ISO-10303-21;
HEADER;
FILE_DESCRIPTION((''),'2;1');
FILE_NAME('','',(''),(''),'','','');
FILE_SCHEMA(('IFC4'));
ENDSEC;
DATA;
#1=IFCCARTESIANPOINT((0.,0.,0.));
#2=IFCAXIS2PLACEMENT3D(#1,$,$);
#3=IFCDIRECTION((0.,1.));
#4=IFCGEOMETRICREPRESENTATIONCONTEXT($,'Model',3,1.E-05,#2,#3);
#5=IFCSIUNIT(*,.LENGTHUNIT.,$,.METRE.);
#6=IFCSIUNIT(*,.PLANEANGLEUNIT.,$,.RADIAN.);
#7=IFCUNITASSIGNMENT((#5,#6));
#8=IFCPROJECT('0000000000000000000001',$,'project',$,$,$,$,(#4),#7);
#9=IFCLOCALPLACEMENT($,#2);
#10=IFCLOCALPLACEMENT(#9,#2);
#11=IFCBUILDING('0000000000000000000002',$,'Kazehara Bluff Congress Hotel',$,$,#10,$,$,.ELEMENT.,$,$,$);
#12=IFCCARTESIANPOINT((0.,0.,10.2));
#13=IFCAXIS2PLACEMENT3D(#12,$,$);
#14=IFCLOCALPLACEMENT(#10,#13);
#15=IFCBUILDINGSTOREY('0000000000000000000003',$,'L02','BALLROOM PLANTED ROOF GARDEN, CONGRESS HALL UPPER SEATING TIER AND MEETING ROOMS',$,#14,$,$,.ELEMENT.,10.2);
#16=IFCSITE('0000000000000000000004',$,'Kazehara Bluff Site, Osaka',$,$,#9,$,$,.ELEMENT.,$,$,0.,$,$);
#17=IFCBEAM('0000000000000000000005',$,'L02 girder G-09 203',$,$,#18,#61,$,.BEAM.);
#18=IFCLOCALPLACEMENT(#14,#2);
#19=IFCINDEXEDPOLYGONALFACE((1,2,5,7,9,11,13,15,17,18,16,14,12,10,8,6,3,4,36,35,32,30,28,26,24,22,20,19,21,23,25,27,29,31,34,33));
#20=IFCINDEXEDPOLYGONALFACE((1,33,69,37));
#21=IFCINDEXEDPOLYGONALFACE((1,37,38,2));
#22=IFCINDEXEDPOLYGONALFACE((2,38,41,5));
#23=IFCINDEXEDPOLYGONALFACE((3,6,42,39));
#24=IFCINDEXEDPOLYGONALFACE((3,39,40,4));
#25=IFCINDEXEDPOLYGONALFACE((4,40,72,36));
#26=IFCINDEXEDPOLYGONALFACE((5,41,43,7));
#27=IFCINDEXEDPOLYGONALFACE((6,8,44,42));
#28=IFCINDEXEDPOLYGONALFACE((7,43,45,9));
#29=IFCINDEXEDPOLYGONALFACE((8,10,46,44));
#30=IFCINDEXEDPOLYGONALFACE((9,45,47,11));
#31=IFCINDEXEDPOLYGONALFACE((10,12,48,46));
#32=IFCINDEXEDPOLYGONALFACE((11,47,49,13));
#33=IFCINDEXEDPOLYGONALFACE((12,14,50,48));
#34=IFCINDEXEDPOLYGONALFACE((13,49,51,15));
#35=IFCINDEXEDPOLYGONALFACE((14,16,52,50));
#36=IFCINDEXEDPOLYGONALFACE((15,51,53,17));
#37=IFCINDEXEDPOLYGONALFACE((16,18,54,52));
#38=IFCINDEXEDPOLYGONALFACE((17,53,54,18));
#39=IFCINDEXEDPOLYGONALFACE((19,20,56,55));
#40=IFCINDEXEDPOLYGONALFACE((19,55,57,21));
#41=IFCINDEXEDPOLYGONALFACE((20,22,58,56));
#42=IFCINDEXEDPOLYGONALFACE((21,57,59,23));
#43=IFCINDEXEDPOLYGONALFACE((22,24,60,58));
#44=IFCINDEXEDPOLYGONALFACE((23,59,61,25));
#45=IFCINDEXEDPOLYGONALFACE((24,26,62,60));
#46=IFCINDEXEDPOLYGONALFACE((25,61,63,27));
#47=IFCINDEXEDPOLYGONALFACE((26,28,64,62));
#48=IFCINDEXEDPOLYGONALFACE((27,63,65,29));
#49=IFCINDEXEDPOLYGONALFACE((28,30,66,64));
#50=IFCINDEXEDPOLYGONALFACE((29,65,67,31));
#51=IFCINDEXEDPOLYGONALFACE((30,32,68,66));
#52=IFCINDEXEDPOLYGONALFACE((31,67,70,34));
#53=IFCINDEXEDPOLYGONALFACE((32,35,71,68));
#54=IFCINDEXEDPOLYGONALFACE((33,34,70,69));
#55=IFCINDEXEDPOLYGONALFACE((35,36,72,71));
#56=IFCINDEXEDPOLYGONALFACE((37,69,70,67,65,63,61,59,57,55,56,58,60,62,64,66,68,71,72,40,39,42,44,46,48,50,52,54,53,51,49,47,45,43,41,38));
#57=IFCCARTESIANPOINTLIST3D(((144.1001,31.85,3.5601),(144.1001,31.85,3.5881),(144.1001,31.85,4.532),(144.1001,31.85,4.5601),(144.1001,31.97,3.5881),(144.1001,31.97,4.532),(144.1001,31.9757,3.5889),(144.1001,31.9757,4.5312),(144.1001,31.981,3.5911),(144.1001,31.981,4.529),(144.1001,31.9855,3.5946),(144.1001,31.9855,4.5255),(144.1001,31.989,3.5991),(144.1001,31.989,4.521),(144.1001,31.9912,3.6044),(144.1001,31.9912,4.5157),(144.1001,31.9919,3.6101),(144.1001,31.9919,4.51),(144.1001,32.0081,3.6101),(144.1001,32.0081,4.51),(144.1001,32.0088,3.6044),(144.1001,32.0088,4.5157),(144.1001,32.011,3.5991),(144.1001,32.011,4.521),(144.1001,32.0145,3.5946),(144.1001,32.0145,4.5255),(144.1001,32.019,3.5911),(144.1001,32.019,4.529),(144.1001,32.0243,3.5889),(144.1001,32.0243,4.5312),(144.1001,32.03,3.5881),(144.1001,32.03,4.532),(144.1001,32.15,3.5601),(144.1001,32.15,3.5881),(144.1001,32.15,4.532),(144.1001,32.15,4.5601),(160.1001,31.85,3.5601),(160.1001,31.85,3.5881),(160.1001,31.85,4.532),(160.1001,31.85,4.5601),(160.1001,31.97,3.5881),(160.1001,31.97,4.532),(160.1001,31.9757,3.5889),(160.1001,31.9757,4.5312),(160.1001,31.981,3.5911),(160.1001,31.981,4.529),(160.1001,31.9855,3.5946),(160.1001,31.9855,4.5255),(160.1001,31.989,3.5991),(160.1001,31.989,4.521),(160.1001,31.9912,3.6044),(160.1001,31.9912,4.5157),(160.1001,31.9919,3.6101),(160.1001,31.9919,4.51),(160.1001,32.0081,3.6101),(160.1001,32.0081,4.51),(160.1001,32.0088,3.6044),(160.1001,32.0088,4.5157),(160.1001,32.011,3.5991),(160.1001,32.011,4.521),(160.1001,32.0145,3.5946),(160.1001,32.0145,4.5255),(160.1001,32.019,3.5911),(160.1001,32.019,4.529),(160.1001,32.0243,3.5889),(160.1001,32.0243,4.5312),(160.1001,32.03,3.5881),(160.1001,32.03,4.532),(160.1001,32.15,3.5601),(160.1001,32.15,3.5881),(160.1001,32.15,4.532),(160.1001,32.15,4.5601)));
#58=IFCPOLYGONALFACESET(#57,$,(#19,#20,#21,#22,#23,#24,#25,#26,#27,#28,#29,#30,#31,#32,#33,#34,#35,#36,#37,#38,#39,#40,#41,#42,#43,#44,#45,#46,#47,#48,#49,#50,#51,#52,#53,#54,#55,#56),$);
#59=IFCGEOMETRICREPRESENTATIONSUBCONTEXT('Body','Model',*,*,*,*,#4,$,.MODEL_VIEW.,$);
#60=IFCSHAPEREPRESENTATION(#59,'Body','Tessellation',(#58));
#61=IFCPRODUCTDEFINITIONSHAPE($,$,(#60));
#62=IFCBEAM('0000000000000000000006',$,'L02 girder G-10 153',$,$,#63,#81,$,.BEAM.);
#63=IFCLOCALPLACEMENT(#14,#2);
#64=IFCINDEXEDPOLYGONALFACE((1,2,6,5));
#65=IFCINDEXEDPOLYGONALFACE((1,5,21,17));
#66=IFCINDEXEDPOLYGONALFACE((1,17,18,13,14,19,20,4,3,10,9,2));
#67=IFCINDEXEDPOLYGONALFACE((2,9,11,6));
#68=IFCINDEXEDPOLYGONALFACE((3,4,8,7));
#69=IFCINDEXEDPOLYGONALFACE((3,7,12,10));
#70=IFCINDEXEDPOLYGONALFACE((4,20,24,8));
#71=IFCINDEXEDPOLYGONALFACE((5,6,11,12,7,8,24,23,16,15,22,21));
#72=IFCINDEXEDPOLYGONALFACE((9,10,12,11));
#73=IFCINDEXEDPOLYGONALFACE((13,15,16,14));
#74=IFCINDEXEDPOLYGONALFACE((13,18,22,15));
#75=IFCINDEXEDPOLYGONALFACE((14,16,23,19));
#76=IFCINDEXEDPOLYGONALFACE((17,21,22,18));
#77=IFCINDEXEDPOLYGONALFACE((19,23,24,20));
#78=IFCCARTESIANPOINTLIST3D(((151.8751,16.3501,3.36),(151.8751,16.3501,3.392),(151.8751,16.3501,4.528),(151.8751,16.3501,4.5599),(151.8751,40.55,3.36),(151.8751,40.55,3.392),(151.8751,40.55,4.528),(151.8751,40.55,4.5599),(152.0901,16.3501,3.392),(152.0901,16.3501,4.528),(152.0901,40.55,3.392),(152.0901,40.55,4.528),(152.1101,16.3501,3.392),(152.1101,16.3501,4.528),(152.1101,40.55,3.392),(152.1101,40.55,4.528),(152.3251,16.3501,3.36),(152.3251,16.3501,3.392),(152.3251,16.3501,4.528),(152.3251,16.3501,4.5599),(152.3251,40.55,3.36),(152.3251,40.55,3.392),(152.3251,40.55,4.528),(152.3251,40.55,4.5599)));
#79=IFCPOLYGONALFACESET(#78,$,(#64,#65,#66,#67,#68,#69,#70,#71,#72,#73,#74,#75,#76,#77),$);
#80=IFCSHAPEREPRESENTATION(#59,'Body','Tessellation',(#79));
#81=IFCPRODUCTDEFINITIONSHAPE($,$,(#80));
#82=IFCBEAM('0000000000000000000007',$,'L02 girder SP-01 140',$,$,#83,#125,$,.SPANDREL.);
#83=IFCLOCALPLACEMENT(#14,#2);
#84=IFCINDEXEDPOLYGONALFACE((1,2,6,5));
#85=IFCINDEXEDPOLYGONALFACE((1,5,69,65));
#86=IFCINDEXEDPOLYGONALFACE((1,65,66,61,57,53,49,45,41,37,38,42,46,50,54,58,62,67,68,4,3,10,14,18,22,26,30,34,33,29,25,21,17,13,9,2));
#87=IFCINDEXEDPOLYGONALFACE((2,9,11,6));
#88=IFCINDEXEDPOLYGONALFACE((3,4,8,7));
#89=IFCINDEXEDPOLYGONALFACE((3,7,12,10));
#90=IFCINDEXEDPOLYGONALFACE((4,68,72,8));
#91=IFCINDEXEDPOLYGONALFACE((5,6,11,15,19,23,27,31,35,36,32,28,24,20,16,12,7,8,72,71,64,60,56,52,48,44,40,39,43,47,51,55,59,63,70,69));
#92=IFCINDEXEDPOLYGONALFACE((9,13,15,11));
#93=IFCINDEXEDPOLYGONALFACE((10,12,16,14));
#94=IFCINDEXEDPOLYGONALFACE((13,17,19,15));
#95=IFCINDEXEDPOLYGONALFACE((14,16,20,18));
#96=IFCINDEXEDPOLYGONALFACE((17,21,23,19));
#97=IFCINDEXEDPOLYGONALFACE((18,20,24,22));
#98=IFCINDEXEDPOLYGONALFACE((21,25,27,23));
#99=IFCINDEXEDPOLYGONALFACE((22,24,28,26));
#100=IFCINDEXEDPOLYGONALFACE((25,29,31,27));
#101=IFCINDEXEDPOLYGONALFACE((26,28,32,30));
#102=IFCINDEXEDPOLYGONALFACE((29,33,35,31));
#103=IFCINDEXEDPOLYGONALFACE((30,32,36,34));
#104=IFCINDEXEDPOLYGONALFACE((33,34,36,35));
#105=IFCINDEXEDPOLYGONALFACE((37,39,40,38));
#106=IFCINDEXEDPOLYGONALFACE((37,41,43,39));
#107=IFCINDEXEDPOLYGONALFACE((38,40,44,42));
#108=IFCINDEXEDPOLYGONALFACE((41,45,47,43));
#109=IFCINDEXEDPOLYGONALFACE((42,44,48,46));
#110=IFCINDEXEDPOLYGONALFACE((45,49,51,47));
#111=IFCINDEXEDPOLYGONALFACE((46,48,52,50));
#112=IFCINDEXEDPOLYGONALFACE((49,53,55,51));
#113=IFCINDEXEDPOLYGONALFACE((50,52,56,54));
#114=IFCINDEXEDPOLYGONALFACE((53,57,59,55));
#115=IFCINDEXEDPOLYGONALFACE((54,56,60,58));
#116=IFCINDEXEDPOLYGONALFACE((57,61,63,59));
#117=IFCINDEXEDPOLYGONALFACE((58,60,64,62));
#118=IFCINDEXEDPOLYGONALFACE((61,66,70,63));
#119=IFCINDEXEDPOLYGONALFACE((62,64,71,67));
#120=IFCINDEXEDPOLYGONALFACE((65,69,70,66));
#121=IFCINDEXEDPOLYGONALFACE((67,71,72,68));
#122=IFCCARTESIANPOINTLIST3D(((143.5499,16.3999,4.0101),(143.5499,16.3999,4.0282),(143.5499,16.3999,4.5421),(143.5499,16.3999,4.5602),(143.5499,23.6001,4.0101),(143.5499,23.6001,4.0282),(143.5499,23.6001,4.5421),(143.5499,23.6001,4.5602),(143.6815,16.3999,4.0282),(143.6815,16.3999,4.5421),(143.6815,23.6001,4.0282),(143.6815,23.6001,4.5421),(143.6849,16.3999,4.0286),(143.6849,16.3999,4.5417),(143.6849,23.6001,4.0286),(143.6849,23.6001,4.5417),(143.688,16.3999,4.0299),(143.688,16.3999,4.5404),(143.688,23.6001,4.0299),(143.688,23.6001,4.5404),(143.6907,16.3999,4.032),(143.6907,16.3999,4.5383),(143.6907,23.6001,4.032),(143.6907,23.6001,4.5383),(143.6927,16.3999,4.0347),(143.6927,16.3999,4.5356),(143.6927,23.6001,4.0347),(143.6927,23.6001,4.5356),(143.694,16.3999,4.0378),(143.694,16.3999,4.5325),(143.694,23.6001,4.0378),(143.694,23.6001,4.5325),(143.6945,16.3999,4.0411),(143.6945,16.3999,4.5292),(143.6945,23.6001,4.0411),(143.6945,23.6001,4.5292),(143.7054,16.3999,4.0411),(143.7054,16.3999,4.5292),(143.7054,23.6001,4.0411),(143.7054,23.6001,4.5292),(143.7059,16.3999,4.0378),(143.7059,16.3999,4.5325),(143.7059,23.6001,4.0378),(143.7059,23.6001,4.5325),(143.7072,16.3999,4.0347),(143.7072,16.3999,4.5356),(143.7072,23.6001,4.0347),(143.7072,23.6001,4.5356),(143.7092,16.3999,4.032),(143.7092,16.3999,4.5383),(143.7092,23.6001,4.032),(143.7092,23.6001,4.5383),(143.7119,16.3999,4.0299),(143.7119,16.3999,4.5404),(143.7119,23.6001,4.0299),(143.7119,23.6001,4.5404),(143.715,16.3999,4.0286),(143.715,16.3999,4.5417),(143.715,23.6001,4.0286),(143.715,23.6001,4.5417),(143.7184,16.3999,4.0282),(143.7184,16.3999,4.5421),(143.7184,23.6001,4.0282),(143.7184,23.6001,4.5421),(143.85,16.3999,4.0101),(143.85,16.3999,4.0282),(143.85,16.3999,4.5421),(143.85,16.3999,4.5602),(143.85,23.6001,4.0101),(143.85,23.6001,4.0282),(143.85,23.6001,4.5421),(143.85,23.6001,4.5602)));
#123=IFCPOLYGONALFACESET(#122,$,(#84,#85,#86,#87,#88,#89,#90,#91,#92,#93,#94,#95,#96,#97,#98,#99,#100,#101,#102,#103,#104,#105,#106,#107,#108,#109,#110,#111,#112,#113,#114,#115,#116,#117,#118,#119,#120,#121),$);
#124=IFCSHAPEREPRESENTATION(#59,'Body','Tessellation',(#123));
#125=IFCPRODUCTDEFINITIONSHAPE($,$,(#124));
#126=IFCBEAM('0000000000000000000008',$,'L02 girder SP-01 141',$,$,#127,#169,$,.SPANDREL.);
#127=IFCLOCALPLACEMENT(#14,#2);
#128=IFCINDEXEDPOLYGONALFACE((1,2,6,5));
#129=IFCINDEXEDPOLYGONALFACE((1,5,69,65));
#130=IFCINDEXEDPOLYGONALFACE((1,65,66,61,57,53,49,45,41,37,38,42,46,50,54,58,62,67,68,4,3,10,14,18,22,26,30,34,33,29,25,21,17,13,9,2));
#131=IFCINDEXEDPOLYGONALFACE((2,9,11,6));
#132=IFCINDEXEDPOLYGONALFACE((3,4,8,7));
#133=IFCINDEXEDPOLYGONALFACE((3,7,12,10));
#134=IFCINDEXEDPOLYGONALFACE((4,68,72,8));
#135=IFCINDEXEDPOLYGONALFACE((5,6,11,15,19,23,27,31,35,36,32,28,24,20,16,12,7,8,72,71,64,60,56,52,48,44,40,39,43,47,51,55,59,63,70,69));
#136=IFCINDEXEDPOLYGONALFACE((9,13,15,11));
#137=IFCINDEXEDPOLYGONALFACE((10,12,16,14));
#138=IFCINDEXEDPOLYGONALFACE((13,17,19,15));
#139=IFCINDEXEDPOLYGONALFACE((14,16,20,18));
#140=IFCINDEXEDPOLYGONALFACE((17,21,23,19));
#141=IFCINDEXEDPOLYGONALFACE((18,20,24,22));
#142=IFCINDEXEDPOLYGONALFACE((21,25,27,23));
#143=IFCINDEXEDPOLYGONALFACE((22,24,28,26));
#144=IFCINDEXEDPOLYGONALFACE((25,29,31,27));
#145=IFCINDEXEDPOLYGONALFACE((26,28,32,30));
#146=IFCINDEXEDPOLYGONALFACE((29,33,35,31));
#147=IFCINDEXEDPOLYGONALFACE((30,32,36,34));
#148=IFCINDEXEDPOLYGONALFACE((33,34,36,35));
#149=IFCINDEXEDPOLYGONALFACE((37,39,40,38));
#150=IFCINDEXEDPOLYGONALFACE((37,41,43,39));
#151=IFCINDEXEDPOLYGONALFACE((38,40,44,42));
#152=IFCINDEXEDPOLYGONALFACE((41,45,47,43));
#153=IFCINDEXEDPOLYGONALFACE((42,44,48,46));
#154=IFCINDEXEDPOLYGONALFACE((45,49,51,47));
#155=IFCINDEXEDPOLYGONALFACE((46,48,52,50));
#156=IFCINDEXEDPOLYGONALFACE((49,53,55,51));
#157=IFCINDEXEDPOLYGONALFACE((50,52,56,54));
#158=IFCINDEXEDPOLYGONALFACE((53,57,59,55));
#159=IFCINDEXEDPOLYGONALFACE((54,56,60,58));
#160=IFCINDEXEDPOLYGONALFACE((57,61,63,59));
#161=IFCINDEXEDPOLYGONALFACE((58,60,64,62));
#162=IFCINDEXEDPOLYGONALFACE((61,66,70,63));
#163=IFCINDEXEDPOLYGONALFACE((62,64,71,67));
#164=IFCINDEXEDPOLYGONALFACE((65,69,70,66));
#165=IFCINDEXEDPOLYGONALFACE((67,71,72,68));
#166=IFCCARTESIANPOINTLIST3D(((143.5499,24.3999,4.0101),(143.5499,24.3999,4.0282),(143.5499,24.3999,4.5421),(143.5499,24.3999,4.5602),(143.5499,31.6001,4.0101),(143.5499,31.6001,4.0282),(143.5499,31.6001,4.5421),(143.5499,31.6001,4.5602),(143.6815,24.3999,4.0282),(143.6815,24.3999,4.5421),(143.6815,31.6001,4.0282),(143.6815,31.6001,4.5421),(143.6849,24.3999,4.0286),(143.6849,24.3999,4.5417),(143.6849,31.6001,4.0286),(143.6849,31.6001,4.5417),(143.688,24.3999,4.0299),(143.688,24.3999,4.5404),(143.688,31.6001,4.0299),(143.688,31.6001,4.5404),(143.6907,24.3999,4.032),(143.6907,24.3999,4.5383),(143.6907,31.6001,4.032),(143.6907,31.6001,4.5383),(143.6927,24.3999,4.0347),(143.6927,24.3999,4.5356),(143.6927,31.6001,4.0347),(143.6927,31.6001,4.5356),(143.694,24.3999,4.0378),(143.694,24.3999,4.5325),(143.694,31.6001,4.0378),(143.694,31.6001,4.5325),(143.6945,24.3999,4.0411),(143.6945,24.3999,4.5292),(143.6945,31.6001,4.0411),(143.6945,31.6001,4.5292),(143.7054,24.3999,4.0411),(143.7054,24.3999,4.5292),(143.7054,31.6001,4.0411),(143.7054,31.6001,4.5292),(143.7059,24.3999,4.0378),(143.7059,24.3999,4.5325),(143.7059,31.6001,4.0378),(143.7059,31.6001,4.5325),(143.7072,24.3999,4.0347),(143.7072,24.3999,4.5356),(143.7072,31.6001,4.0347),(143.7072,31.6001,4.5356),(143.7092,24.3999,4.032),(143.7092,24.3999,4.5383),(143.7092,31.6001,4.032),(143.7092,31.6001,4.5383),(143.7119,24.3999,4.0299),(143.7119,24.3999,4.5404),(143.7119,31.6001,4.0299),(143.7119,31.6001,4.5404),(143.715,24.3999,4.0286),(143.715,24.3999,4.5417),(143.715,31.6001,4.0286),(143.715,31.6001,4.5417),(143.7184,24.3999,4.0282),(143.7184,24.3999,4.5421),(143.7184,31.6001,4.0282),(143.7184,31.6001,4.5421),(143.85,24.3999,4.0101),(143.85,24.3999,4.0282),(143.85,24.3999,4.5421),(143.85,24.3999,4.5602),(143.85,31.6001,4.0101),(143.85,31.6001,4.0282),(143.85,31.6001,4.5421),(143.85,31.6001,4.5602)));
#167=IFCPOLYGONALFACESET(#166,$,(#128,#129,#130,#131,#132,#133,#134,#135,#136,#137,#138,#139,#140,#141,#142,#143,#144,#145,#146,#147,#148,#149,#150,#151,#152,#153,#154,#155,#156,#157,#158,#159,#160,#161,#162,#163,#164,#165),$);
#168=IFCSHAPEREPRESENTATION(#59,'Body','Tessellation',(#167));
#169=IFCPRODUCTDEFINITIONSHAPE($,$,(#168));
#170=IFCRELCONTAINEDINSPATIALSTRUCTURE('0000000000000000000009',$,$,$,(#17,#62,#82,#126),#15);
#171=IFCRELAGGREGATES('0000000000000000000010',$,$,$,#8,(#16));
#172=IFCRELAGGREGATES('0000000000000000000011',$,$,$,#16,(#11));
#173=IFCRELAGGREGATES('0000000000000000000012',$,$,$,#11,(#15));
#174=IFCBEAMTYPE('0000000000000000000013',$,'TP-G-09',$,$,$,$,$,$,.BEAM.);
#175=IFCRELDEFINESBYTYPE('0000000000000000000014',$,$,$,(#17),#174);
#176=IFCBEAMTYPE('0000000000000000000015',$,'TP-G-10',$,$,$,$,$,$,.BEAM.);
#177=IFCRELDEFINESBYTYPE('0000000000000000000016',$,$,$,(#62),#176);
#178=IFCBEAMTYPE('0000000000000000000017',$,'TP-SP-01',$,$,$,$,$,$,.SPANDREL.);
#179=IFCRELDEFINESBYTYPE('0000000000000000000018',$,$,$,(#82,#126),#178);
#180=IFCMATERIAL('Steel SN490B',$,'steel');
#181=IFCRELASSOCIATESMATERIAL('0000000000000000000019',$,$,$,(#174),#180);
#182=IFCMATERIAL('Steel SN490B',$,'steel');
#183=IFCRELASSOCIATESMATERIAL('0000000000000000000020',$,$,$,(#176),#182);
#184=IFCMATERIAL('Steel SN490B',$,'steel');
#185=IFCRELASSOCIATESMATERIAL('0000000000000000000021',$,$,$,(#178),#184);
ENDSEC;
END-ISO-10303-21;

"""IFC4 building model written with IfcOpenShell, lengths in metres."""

from ifc_helpers import new_model, si_unit, direction, frame, origin, origin_2d, place, context, subcontext, project, spatial, i_section, extrude, material, material_profile, profile_set, type_object, element, save


model = new_model("IFC4")

# Units and contexts
model_context = context("Model", 3, precision=1e-05, world=origin(), true_north=direction((0.0, 1.0)))
body_context = subcontext(model_context, "Body", "Model", "MODEL_VIEW")
ifc_project = project(units=[si_unit("LENGTHUNIT", "METRE"), si_unit("PLANEANGLEUNIT", "RADIAN")], contexts=[model_context])

# Site, building, storey
site_placement = place(None, origin())
site = spatial("IfcSite", under=ifc_project, at=site_placement, Name="Kazehara Bluff Site, Osaka", CompositionType="ELEMENT", RefElevation=0.0)
building_placement = place(site_placement, origin())
building = spatial("IfcBuilding", under=site, at=building_placement, Name="Kazehara Bluff Congress Hotel", CompositionType="ELEMENT")
storey_placement = place(building_placement, frame((0.0, 0.0, 10.2)))
storey = spatial("IfcBuildingStorey", under=building, at=storey_placement, Name="L02", Description="BALLROOM PLANTED ROOF GARDEN, CONGRESS HALL UPPER SEATING TIER AND MEETING ROOMS", CompositionType="ELEMENT", Elevation=10.2)

# Beams
ifc_material_1 = material(Name="Steel SN490B", Category="steel")
ifc_material_profile_1 = material_profile(ifc_material_1, i_section(OverallWidth=0.3, OverallDepth=1.0, WebThickness=0.0161, FlangeThickness=0.0281, FilletRadius=0.022, at=origin_2d()))
ifc_profile_set_1 = profile_set([ifc_material_profile_1], Name="Steel SN490B")
beam_type_1 = type_object("IfcBeamType", Name="TP-G-09", PredefinedType="BEAM", material=ifc_profile_set_1)
for number, where, z_axis, x_axis, name in (
    (1, (144.1001, 32.0, 4.0601), (1.0, 0.0, 0.0), (0.0, 1.0, 0.0), "L02 girder G-09 203"),
):
    element("IfcBeam", number, at=place(storey_placement, frame(where, z_axis=z_axis, x_axis=x_axis)), inside=storey, type_object=beam_type_1, Name=name, PredefinedType="BEAM", context=body_context, shape_type="SweptSolid", body=[
        extrude(i_section(OverallWidth=0.3, OverallDepth=1.0, WebThickness=0.0161, FlangeThickness=0.0281, FilletRadius=0.022, at=origin_2d()), origin(), (0.0, 0.0, 1.0), 16.0),
    ])
ifc_material_2 = material(Name="Steel SN490B", Category="steel")
ifc_material_profile_2 = material_profile(ifc_material_2, i_section(OverallWidth=0.45, OverallDepth=1.2, WebThickness=0.02, FlangeThickness=0.032, at=origin_2d()))
ifc_profile_set_2 = profile_set([ifc_material_profile_2], Name="Steel SN490B")
beam_type_2 = type_object("IfcBeamType", Name="TP-G-10", PredefinedType="BEAM", material=ifc_profile_set_2)
beam_1_placement = place(storey_placement, frame((152.1001, 16.3501, 3.96), z_axis=(0.0, 1.0, 0.0), x_axis=(-1.0, 0.0, 0.0)))
element("IfcBeam", 2, at=beam_1_placement, inside=storey, type_object=beam_type_2, Name="L02 girder G-10 153", PredefinedType="BEAM", context=body_context, shape_type="SweptSolid", body=[
    extrude(i_section(OverallWidth=0.45, OverallDepth=1.2, WebThickness=0.02, FlangeThickness=0.032, at=origin_2d()), origin(), (0.0, 0.0, 1.0), 24.2),
])
ifc_material_3 = material(Name="Steel SN490B", Category="steel")
ifc_material_profile_3 = material_profile(ifc_material_3, i_section(OverallWidth=0.3, OverallDepth=0.55, WebThickness=0.011, FlangeThickness=0.0181, FilletRadius=0.0129, at=origin_2d()))
ifc_profile_set_3 = profile_set([ifc_material_profile_3], Name="Steel SN490B")
beam_type_3 = type_object("IfcBeamType", Name="TP-SP-01", PredefinedType="SPANDREL", material=ifc_profile_set_3)
for number, where, z_axis, x_axis, name in (
    (3, (143.7, 16.3999, 4.2852), (0.0, 1.0, 0.0), (-1.0, 0.0, 0.0), "L02 girder SP-01 140"),
    (4, (143.7, 24.3999, 4.2852), (0.0, 1.0, 0.0), (-1.0, 0.0, 0.0), "L02 girder SP-01 141"),
):
    element("IfcBeam", number, at=place(storey_placement, frame(where, z_axis=z_axis, x_axis=x_axis)), inside=storey, type_object=beam_type_3, Name=name, PredefinedType="SPANDREL", context=body_context, shape_type="SweptSolid", body=[
        extrude(i_section(OverallWidth=0.3, OverallDepth=0.55, WebThickness=0.011, FlangeThickness=0.0181, FilletRadius=0.0129, at=origin_2d()), origin(), (0.0, 0.0, 1.0), 7.2002),
    ])

save(model, "model.ifc")
